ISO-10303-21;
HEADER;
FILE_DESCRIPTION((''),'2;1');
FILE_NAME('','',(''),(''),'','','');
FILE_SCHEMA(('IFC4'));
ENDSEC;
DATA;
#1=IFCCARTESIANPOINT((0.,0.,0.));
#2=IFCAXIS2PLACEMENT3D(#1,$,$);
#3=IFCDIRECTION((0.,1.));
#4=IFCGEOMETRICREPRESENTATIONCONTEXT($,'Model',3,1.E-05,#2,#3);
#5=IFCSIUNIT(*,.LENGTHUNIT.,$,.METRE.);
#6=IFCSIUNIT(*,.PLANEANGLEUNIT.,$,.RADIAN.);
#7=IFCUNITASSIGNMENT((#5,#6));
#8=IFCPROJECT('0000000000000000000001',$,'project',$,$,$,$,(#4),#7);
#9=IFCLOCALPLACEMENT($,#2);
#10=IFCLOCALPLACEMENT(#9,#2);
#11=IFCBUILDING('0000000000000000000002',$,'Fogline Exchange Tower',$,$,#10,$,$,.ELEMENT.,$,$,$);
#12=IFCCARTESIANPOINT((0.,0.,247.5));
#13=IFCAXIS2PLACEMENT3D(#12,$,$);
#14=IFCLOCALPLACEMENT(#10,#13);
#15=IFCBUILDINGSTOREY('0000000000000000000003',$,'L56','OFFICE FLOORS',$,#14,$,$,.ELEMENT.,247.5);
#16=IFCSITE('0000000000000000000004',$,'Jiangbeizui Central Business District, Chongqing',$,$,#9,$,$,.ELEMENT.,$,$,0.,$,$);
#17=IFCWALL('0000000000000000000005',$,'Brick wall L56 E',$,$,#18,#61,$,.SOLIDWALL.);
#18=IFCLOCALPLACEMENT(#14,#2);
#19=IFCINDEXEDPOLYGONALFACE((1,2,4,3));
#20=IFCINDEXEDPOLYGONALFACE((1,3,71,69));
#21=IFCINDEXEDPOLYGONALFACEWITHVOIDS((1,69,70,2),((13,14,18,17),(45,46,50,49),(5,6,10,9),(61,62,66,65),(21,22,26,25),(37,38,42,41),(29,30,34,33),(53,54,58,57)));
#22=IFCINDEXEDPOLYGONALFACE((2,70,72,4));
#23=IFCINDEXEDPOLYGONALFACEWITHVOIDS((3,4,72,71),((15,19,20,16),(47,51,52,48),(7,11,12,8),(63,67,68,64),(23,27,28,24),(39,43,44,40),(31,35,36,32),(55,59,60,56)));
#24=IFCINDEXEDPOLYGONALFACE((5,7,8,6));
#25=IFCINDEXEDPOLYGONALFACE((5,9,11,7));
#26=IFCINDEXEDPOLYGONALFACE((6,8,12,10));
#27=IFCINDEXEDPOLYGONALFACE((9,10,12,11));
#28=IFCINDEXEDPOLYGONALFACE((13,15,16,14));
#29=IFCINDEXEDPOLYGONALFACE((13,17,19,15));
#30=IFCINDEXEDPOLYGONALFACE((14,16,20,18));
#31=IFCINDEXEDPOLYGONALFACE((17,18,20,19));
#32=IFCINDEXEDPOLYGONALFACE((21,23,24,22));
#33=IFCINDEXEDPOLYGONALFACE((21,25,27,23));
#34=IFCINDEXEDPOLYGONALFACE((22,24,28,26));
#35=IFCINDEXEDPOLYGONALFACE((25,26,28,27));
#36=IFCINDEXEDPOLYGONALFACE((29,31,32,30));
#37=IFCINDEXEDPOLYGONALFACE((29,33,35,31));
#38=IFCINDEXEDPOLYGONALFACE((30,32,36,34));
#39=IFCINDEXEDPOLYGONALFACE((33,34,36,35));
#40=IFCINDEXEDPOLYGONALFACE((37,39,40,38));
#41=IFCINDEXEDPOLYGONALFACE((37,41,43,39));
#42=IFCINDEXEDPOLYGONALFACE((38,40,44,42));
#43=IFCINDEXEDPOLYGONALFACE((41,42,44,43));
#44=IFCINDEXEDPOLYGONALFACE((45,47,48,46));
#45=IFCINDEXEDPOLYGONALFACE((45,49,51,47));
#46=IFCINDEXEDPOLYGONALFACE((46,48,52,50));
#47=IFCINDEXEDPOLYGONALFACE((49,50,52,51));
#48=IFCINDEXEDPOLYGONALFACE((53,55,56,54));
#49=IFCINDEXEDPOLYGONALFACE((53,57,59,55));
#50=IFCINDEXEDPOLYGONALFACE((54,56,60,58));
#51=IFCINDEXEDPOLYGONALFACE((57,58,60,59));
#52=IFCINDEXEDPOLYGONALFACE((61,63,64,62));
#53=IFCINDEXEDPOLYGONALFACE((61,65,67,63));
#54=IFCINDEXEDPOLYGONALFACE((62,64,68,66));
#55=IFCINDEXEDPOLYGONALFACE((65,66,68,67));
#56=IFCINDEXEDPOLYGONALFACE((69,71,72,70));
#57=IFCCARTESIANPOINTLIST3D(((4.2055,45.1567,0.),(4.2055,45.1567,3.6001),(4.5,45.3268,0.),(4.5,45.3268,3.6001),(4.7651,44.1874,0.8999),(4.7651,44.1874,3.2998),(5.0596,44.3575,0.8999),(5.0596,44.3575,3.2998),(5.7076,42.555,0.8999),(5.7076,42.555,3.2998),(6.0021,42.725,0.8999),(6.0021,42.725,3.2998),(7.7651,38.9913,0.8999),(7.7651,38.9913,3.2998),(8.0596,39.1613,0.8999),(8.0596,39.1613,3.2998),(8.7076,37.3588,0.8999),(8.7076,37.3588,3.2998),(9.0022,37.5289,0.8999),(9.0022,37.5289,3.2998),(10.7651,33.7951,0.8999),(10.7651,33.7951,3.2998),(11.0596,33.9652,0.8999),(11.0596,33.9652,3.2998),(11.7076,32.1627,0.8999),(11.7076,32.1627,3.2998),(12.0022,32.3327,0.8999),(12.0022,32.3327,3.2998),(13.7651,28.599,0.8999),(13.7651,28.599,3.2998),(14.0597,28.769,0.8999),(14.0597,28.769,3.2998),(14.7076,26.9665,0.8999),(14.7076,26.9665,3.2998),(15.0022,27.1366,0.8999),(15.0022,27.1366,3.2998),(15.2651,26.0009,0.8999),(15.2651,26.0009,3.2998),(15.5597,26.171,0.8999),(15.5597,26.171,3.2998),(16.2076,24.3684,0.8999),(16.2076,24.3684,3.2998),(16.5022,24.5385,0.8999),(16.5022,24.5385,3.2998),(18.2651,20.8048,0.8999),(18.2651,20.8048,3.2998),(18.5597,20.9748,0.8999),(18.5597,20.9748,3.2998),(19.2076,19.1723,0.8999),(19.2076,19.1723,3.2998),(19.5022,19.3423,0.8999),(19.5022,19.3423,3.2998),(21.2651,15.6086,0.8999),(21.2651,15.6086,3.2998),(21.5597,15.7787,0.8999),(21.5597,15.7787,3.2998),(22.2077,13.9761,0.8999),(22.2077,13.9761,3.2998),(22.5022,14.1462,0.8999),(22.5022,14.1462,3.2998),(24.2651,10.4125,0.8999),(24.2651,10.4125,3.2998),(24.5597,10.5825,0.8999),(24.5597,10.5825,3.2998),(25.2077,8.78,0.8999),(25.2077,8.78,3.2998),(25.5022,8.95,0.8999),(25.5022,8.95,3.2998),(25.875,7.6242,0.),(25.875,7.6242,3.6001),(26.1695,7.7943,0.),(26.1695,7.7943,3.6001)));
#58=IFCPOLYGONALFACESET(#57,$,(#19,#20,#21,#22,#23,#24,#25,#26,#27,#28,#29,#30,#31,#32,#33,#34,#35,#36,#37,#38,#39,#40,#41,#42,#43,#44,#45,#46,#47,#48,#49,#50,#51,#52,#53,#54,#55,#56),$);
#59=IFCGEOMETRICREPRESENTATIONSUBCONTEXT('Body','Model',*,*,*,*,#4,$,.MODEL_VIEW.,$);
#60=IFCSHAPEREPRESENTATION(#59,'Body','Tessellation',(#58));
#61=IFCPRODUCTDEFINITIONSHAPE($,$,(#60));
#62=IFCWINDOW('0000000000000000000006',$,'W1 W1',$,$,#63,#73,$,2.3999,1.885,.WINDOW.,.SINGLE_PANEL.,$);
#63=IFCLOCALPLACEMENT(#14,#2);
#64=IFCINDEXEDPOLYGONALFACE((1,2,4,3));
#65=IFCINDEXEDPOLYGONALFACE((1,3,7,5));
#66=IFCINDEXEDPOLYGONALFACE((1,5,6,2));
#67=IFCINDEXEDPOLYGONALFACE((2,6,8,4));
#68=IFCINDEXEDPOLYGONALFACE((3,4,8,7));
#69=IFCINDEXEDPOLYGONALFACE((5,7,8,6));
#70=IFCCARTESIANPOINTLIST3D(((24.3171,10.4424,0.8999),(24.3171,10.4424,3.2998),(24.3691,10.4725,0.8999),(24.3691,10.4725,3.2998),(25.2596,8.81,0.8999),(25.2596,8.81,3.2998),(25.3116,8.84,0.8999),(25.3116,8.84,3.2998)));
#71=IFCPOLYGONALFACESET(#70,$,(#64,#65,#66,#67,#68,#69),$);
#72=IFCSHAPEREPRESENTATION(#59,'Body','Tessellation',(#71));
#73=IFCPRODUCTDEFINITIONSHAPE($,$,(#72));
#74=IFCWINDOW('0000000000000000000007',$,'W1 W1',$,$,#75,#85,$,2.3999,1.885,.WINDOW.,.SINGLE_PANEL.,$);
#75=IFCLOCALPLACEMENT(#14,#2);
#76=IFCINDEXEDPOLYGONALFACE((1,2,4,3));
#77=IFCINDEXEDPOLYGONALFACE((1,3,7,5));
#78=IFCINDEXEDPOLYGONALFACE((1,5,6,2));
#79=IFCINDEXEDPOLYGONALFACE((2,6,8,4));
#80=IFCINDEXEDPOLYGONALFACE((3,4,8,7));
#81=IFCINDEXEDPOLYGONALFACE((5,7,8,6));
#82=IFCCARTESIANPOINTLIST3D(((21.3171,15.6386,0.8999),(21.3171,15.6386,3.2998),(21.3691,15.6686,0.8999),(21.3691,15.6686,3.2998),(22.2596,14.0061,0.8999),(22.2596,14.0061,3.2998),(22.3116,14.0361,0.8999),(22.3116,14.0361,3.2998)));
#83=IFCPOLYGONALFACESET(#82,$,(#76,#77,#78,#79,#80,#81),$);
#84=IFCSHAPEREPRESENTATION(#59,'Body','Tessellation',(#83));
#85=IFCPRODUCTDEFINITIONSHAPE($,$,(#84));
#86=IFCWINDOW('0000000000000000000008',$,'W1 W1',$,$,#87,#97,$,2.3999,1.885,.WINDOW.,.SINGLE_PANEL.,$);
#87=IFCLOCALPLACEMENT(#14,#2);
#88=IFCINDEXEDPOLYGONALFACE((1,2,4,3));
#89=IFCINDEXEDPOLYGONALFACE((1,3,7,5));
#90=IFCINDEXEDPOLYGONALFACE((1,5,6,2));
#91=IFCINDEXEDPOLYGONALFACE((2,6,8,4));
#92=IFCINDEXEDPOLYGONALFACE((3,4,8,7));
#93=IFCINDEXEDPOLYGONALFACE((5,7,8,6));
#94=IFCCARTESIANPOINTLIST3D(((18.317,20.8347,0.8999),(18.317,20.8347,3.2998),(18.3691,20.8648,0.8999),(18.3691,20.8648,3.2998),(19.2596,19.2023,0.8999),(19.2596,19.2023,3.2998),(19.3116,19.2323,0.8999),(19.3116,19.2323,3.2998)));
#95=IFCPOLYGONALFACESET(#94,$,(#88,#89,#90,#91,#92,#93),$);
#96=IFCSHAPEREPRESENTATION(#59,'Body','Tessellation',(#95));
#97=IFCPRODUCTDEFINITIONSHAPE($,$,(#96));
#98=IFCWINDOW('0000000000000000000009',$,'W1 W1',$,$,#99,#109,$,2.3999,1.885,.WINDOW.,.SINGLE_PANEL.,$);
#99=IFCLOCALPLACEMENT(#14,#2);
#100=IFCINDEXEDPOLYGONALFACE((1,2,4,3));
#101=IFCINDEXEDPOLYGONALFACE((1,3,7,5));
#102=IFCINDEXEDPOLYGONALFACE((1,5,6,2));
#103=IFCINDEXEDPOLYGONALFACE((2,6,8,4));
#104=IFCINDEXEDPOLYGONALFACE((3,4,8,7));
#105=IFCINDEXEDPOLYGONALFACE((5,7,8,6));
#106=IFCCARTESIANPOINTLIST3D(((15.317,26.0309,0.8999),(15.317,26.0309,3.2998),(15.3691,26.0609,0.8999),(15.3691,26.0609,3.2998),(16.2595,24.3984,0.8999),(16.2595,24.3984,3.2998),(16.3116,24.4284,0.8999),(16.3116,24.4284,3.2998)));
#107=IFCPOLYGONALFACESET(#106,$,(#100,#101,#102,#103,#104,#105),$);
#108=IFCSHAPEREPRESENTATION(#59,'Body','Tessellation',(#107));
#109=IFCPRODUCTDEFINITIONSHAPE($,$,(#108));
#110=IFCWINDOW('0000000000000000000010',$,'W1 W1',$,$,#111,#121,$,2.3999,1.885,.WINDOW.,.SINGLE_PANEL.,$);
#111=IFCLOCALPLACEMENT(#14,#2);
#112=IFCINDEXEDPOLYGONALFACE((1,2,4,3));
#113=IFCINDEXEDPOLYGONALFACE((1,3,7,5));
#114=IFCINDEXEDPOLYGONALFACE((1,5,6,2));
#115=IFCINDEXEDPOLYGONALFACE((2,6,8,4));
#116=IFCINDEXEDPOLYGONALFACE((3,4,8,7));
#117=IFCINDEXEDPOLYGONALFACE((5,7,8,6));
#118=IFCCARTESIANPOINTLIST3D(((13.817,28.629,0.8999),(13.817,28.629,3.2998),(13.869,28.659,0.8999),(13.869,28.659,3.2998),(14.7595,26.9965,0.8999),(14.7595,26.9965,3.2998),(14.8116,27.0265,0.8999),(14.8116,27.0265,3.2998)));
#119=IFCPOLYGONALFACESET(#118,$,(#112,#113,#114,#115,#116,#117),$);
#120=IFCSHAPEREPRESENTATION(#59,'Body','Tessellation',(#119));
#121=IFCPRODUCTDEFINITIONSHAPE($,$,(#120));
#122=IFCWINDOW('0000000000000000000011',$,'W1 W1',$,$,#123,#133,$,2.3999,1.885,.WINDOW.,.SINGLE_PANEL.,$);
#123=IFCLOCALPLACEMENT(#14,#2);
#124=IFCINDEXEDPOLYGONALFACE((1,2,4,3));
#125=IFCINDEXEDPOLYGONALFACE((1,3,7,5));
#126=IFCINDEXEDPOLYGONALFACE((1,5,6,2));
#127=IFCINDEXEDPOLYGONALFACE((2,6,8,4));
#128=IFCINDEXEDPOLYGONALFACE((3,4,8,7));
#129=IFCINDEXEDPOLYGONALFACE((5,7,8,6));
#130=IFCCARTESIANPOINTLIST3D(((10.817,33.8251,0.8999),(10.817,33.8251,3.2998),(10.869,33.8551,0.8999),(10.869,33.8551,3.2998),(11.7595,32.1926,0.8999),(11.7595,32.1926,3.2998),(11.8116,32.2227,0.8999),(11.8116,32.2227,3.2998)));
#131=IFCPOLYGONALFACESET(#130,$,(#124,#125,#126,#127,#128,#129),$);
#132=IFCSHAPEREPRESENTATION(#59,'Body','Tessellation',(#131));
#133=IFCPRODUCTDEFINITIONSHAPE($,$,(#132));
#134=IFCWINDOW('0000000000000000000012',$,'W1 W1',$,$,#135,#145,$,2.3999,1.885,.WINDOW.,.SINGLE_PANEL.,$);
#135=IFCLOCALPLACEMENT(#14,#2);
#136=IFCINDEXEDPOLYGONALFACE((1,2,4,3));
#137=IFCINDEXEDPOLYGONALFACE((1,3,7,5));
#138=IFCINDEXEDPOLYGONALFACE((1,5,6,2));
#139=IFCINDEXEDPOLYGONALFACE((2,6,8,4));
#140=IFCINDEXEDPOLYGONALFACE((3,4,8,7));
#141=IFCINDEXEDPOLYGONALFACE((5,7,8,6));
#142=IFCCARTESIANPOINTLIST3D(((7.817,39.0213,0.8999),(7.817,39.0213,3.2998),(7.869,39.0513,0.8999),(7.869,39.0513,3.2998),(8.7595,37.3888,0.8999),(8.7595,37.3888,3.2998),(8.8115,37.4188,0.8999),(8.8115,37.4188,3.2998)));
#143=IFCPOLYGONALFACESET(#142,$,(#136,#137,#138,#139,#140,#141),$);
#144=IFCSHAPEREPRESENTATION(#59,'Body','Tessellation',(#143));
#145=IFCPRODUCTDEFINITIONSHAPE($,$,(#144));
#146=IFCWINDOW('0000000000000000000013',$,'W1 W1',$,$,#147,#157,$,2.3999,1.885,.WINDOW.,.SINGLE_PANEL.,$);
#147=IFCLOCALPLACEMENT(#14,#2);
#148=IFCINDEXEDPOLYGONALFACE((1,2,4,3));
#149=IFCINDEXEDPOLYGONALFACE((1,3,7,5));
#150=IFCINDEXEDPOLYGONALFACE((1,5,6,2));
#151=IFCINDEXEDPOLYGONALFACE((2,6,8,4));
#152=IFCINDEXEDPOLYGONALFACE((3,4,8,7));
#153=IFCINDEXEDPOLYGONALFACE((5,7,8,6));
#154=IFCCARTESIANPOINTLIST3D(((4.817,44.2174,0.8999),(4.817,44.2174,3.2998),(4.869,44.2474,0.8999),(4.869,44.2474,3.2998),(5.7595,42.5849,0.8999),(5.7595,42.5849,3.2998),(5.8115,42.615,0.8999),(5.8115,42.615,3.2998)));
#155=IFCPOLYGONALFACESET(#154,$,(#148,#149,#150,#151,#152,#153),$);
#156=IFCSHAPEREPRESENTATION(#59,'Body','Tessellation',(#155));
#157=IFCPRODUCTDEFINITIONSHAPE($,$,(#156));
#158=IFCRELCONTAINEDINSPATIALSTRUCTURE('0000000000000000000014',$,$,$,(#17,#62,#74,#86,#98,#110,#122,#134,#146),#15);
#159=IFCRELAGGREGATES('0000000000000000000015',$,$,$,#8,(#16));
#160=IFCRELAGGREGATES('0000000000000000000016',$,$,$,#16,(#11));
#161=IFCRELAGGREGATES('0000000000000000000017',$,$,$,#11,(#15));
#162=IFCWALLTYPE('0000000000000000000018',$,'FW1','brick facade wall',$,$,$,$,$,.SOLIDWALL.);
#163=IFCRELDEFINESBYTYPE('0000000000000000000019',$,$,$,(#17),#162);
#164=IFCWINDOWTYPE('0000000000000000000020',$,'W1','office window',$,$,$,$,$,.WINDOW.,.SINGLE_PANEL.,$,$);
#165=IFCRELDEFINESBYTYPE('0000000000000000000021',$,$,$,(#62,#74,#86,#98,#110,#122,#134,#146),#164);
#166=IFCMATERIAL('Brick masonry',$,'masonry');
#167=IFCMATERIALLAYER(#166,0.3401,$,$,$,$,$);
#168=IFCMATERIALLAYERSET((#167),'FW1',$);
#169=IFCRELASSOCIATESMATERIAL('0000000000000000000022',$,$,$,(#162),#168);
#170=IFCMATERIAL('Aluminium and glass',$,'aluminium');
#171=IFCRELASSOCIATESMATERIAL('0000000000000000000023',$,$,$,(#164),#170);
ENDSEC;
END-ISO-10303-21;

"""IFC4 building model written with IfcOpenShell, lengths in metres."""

from ifc_helpers import new_model, si_unit, direction, frame, frame_2d, origin, place, context, subcontext, project, spatial, rectangle, extrude, material, layer, layer_set, type_object, element, fill, save


model = new_model("IFC4")

# Units and contexts
model_context = context("Model", 3, precision=1e-05, world=origin(), true_north=direction((0.0, 1.0)))
body_context = subcontext(model_context, "Body", "Model", "MODEL_VIEW")
ifc_project = project(units=[si_unit("LENGTHUNIT", "METRE"), si_unit("PLANEANGLEUNIT", "RADIAN")], contexts=[model_context])

# Site, building, storey
site_placement = place(None, origin())
site = spatial("IfcSite", under=ifc_project, at=site_placement, Name="Jiangbeizui Central Business District, Chongqing", CompositionType="ELEMENT", RefElevation=0.0)
building_placement = place(site_placement, origin())
building = spatial("IfcBuilding", under=site, at=building_placement, Name="Fogline Exchange Tower", CompositionType="ELEMENT")
storey_placement = place(building_placement, frame((0.0, 0.0, 247.5)))
storey = spatial("IfcBuildingStorey", under=building, at=storey_placement, Name="L56", Description="OFFICE FLOORS", CompositionType="ELEMENT", Elevation=247.5)

# Shared definitions
ifc_material_1 = material(Name="Brick masonry", Category="masonry")
ifc_layer = layer(ifc_material_1, 0.3401)
ifc_layer_set = layer_set([ifc_layer], Name="FW1")
wall_type = type_object("IfcWallType", Name="FW1", Description="brick facade wall", PredefinedType="SOLIDWALL", material=ifc_layer_set)
ifc_material_2 = material(Name="Aluminium and glass", Category="aluminium")

# Wall, openings, windows
wall_1_placement = place(storey_placement, frame((26.0222, 7.7092, 0.0), z_axis=(0.0, 0.0, 1.0), x_axis=(-0.500001, 0.866025, 0.0)))
wall_1 = element("IfcWall", 1, at=wall_1_placement, inside=storey, type_object=wall_type, Name="Brick wall L56 E", PredefinedType="SOLIDWALL", context=body_context, shape_type="SweptSolid", body=[
    extrude(rectangle(XDim=43.3389, YDim=0.3401, at=frame_2d((21.6694, 0.0))), origin(), (0.0, 0.0, 1.0), 3.6001),
])
opening_1_placement = place(wall_1_placement, frame((1.3347, 0.0, 0.8999)))
opening_1 = element("IfcOpeningElement", 2, at=opening_1_placement, cuts=wall_1, PredefinedType="OPENING", context=body_context, shape_type="SweptSolid", body=[
    extrude(rectangle(XDim=1.885, YDim=2.3999, at=frame_2d((0.9424, 1.2))), frame((0.0, 0.1802, 0.0), z_axis=(0.0, -1.0, 0.0), x_axis=(1.0, 0.0, 0.0)), (0.0, 0.0, 1.0), 0.3601),
])
opening_2_placement = place(wall_1_placement, frame((7.3347, 0.0, 0.8999)))
opening_2 = element("IfcOpeningElement", 3, at=opening_2_placement, cuts=wall_1, PredefinedType="OPENING", context=body_context, shape_type="SweptSolid", body=[
    extrude(rectangle(XDim=1.885, YDim=2.3999, at=frame_2d((0.9424, 1.2))), frame((0.0, 0.1802, 0.0), z_axis=(0.0, -1.0, 0.0), x_axis=(1.0, 0.0, 0.0)), (0.0, 0.0, 1.0), 0.3601),
])
opening_3_placement = place(wall_1_placement, frame((13.3347, 0.0, 0.8999)))
opening_3 = element("IfcOpeningElement", 4, at=opening_3_placement, cuts=wall_1, PredefinedType="OPENING", context=body_context, shape_type="SweptSolid", body=[
    extrude(rectangle(XDim=1.885, YDim=2.3999, at=frame_2d((0.9424, 1.2))), frame((0.0, 0.1802, 0.0), z_axis=(0.0, -1.0, 0.0), x_axis=(1.0, 0.0, 0.0)), (0.0, 0.0, 1.0), 0.3601),
])
opening_4_placement = place(wall_1_placement, frame((19.3347, 0.0, 0.8999)))
opening_4 = element("IfcOpeningElement", 5, at=opening_4_placement, cuts=wall_1, PredefinedType="OPENING", context=body_context, shape_type="SweptSolid", body=[
    extrude(rectangle(XDim=1.885, YDim=2.3999, at=frame_2d((0.9424, 1.2))), frame((0.0, 0.1802, 0.0), z_axis=(0.0, -1.0, 0.0), x_axis=(1.0, 0.0, 0.0)), (0.0, 0.0, 1.0), 0.3601),
])
opening_5_placement = place(wall_1_placement, frame((22.3347, 0.0, 0.8999)))
opening_5 = element("IfcOpeningElement", 6, at=opening_5_placement, cuts=wall_1, PredefinedType="OPENING", context=body_context, shape_type="SweptSolid", body=[
    extrude(rectangle(XDim=1.885, YDim=2.3999, at=frame_2d((0.9424, 1.2))), frame((0.0, 0.1802, 0.0), z_axis=(0.0, -1.0, 0.0), x_axis=(1.0, 0.0, 0.0)), (0.0, 0.0, 1.0), 0.3601),
])
opening_6_placement = place(wall_1_placement, frame((28.3347, 0.0, 0.8999)))
opening_6 = element("IfcOpeningElement", 7, at=opening_6_placement, cuts=wall_1, PredefinedType="OPENING", context=body_context, shape_type="SweptSolid", body=[
    extrude(rectangle(XDim=1.885, YDim=2.3999, at=frame_2d((0.9424, 1.2))), frame((0.0, 0.1802, 0.0), z_axis=(0.0, -1.0, 0.0), x_axis=(1.0, 0.0, 0.0)), (0.0, 0.0, 1.0), 0.3601),
])
opening_7_placement = place(wall_1_placement, frame((34.3347, 0.0, 0.8999)))
opening_7 = element("IfcOpeningElement", 8, at=opening_7_placement, cuts=wall_1, PredefinedType="OPENING", context=body_context, shape_type="SweptSolid", body=[
    extrude(rectangle(XDim=1.885, YDim=2.3999, at=frame_2d((0.9424, 1.2))), frame((0.0, 0.1802, 0.0), z_axis=(0.0, -1.0, 0.0), x_axis=(1.0, 0.0, 0.0)), (0.0, 0.0, 1.0), 0.3601),
])
opening_8_placement = place(wall_1_placement, frame((40.3347, 0.0, 0.8999)))
opening_8 = element("IfcOpeningElement", 9, at=opening_8_placement, cuts=wall_1, PredefinedType="OPENING", context=body_context, shape_type="SweptSolid", body=[
    extrude(rectangle(XDim=1.885, YDim=2.3999, at=frame_2d((0.9424, 1.2))), frame((0.0, 0.1802, 0.0), z_axis=(0.0, -1.0, 0.0), x_axis=(1.0, 0.0, 0.0)), (0.0, 0.0, 1.0), 0.3601),
])
window_type = type_object("IfcWindowType", Name="W1", Description="office window", PartitioningType="SINGLE_PANEL", PredefinedType="WINDOW", material=ifc_material_2)
window_1_placement = place(opening_1_placement, origin())
window_1 = element("IfcWindow", 10, at=window_1_placement, inside=storey, type_object=window_type, Name="W1 W1", OverallHeight=2.3999, OverallWidth=1.885, PartitioningType="SINGLE_PANEL", PredefinedType="WINDOW", context=body_context, shape_type="SweptSolid", body=[
    extrude(rectangle(XDim=1.885, YDim=2.3999, at=frame_2d((0.9424, 1.2))), frame((0.0, 0.1101, 0.0), z_axis=(0.0, -1.0, 0.0), x_axis=(1.0, 0.0, 0.0)), (0.0, 0.0, 1.0), 0.0601),
])
fill(opening_1, window_1)
window_2_placement = place(opening_2_placement, origin())
window_2 = element("IfcWindow", 11, at=window_2_placement, inside=storey, type_object=window_type, Name="W1 W1", OverallHeight=2.3999, OverallWidth=1.885, PartitioningType="SINGLE_PANEL", PredefinedType="WINDOW", context=body_context, shape_type="SweptSolid", body=[
    extrude(rectangle(XDim=1.885, YDim=2.3999, at=frame_2d((0.9424, 1.2))), frame((0.0, 0.1101, 0.0), z_axis=(0.0, -1.0, 0.0), x_axis=(1.0, 0.0, 0.0)), (0.0, 0.0, 1.0), 0.0601),
])
fill(opening_2, window_2)
window_3_placement = place(opening_3_placement, origin())
window_3 = element("IfcWindow", 12, at=window_3_placement, inside=storey, type_object=window_type, Name="W1 W1", OverallHeight=2.3999, OverallWidth=1.885, PartitioningType="SINGLE_PANEL", PredefinedType="WINDOW", context=body_context, shape_type="SweptSolid", body=[
    extrude(rectangle(XDim=1.885, YDim=2.3999, at=frame_2d((0.9424, 1.2))), frame((0.0, 0.1101, 0.0), z_axis=(0.0, -1.0, 0.0), x_axis=(1.0, 0.0, 0.0)), (0.0, 0.0, 1.0), 0.0601),
])
fill(opening_3, window_3)
window_4_placement = place(opening_4_placement, origin())
window_4 = element("IfcWindow", 13, at=window_4_placement, inside=storey, type_object=window_type, Name="W1 W1", OverallHeight=2.3999, OverallWidth=1.885, PartitioningType="SINGLE_PANEL", PredefinedType="WINDOW", context=body_context, shape_type="SweptSolid", body=[
    extrude(rectangle(XDim=1.885, YDim=2.3999, at=frame_2d((0.9424, 1.2))), frame((0.0, 0.1101, 0.0), z_axis=(0.0, -1.0, 0.0), x_axis=(1.0, 0.0, 0.0)), (0.0, 0.0, 1.0), 0.0601),
])
fill(opening_4, window_4)
window_5_placement = place(opening_5_placement, origin())
window_5 = element("IfcWindow", 14, at=window_5_placement, inside=storey, type_object=window_type, Name="W1 W1", OverallHeight=2.3999, OverallWidth=1.885, PartitioningType="SINGLE_PANEL", PredefinedType="WINDOW", context=body_context, shape_type="SweptSolid", body=[
    extrude(rectangle(XDim=1.885, YDim=2.3999, at=frame_2d((0.9424, 1.2))), frame((0.0, 0.1101, 0.0), z_axis=(0.0, -1.0, 0.0), x_axis=(1.0, 0.0, 0.0)), (0.0, 0.0, 1.0), 0.0601),
])
fill(opening_5, window_5)
window_6_placement = place(opening_6_placement, origin())
window_6 = element("IfcWindow", 15, at=window_6_placement, inside=storey, type_object=window_type, Name="W1 W1", OverallHeight=2.3999, OverallWidth=1.885, PartitioningType="SINGLE_PANEL", PredefinedType="WINDOW", context=body_context, shape_type="SweptSolid", body=[
    extrude(rectangle(XDim=1.885, YDim=2.3999, at=frame_2d((0.9424, 1.2))), frame((0.0, 0.1101, 0.0), z_axis=(0.0, -1.0, 0.0), x_axis=(1.0, 0.0, 0.0)), (0.0, 0.0, 1.0), 0.0601),
])
fill(opening_6, window_6)
window_7_placement = place(opening_7_placement, origin())
window_7 = element("IfcWindow", 16, at=window_7_placement, inside=storey, type_object=window_type, Name="W1 W1", OverallHeight=2.3999, OverallWidth=1.885, PartitioningType="SINGLE_PANEL", PredefinedType="WINDOW", context=body_context, shape_type="SweptSolid", body=[
    extrude(rectangle(XDim=1.885, YDim=2.3999, at=frame_2d((0.9424, 1.2))), frame((0.0, 0.1101, 0.0), z_axis=(0.0, -1.0, 0.0), x_axis=(1.0, 0.0, 0.0)), (0.0, 0.0, 1.0), 0.0601),
])
fill(opening_7, window_7)
window_8_placement = place(opening_8_placement, origin())
window_8 = element("IfcWindow", 17, at=window_8_placement, inside=storey, type_object=window_type, Name="W1 W1", OverallHeight=2.3999, OverallWidth=1.885, PartitioningType="SINGLE_PANEL", PredefinedType="WINDOW", context=body_context, shape_type="SweptSolid", body=[
    extrude(rectangle(XDim=1.885, YDim=2.3999, at=frame_2d((0.9424, 1.2))), frame((0.0, 0.1101, 0.0), z_axis=(0.0, -1.0, 0.0), x_axis=(1.0, 0.0, 0.0)), (0.0, 0.0, 1.0), 0.0601),
])
fill(opening_8, window_8)

save(model, "model.ifc")
